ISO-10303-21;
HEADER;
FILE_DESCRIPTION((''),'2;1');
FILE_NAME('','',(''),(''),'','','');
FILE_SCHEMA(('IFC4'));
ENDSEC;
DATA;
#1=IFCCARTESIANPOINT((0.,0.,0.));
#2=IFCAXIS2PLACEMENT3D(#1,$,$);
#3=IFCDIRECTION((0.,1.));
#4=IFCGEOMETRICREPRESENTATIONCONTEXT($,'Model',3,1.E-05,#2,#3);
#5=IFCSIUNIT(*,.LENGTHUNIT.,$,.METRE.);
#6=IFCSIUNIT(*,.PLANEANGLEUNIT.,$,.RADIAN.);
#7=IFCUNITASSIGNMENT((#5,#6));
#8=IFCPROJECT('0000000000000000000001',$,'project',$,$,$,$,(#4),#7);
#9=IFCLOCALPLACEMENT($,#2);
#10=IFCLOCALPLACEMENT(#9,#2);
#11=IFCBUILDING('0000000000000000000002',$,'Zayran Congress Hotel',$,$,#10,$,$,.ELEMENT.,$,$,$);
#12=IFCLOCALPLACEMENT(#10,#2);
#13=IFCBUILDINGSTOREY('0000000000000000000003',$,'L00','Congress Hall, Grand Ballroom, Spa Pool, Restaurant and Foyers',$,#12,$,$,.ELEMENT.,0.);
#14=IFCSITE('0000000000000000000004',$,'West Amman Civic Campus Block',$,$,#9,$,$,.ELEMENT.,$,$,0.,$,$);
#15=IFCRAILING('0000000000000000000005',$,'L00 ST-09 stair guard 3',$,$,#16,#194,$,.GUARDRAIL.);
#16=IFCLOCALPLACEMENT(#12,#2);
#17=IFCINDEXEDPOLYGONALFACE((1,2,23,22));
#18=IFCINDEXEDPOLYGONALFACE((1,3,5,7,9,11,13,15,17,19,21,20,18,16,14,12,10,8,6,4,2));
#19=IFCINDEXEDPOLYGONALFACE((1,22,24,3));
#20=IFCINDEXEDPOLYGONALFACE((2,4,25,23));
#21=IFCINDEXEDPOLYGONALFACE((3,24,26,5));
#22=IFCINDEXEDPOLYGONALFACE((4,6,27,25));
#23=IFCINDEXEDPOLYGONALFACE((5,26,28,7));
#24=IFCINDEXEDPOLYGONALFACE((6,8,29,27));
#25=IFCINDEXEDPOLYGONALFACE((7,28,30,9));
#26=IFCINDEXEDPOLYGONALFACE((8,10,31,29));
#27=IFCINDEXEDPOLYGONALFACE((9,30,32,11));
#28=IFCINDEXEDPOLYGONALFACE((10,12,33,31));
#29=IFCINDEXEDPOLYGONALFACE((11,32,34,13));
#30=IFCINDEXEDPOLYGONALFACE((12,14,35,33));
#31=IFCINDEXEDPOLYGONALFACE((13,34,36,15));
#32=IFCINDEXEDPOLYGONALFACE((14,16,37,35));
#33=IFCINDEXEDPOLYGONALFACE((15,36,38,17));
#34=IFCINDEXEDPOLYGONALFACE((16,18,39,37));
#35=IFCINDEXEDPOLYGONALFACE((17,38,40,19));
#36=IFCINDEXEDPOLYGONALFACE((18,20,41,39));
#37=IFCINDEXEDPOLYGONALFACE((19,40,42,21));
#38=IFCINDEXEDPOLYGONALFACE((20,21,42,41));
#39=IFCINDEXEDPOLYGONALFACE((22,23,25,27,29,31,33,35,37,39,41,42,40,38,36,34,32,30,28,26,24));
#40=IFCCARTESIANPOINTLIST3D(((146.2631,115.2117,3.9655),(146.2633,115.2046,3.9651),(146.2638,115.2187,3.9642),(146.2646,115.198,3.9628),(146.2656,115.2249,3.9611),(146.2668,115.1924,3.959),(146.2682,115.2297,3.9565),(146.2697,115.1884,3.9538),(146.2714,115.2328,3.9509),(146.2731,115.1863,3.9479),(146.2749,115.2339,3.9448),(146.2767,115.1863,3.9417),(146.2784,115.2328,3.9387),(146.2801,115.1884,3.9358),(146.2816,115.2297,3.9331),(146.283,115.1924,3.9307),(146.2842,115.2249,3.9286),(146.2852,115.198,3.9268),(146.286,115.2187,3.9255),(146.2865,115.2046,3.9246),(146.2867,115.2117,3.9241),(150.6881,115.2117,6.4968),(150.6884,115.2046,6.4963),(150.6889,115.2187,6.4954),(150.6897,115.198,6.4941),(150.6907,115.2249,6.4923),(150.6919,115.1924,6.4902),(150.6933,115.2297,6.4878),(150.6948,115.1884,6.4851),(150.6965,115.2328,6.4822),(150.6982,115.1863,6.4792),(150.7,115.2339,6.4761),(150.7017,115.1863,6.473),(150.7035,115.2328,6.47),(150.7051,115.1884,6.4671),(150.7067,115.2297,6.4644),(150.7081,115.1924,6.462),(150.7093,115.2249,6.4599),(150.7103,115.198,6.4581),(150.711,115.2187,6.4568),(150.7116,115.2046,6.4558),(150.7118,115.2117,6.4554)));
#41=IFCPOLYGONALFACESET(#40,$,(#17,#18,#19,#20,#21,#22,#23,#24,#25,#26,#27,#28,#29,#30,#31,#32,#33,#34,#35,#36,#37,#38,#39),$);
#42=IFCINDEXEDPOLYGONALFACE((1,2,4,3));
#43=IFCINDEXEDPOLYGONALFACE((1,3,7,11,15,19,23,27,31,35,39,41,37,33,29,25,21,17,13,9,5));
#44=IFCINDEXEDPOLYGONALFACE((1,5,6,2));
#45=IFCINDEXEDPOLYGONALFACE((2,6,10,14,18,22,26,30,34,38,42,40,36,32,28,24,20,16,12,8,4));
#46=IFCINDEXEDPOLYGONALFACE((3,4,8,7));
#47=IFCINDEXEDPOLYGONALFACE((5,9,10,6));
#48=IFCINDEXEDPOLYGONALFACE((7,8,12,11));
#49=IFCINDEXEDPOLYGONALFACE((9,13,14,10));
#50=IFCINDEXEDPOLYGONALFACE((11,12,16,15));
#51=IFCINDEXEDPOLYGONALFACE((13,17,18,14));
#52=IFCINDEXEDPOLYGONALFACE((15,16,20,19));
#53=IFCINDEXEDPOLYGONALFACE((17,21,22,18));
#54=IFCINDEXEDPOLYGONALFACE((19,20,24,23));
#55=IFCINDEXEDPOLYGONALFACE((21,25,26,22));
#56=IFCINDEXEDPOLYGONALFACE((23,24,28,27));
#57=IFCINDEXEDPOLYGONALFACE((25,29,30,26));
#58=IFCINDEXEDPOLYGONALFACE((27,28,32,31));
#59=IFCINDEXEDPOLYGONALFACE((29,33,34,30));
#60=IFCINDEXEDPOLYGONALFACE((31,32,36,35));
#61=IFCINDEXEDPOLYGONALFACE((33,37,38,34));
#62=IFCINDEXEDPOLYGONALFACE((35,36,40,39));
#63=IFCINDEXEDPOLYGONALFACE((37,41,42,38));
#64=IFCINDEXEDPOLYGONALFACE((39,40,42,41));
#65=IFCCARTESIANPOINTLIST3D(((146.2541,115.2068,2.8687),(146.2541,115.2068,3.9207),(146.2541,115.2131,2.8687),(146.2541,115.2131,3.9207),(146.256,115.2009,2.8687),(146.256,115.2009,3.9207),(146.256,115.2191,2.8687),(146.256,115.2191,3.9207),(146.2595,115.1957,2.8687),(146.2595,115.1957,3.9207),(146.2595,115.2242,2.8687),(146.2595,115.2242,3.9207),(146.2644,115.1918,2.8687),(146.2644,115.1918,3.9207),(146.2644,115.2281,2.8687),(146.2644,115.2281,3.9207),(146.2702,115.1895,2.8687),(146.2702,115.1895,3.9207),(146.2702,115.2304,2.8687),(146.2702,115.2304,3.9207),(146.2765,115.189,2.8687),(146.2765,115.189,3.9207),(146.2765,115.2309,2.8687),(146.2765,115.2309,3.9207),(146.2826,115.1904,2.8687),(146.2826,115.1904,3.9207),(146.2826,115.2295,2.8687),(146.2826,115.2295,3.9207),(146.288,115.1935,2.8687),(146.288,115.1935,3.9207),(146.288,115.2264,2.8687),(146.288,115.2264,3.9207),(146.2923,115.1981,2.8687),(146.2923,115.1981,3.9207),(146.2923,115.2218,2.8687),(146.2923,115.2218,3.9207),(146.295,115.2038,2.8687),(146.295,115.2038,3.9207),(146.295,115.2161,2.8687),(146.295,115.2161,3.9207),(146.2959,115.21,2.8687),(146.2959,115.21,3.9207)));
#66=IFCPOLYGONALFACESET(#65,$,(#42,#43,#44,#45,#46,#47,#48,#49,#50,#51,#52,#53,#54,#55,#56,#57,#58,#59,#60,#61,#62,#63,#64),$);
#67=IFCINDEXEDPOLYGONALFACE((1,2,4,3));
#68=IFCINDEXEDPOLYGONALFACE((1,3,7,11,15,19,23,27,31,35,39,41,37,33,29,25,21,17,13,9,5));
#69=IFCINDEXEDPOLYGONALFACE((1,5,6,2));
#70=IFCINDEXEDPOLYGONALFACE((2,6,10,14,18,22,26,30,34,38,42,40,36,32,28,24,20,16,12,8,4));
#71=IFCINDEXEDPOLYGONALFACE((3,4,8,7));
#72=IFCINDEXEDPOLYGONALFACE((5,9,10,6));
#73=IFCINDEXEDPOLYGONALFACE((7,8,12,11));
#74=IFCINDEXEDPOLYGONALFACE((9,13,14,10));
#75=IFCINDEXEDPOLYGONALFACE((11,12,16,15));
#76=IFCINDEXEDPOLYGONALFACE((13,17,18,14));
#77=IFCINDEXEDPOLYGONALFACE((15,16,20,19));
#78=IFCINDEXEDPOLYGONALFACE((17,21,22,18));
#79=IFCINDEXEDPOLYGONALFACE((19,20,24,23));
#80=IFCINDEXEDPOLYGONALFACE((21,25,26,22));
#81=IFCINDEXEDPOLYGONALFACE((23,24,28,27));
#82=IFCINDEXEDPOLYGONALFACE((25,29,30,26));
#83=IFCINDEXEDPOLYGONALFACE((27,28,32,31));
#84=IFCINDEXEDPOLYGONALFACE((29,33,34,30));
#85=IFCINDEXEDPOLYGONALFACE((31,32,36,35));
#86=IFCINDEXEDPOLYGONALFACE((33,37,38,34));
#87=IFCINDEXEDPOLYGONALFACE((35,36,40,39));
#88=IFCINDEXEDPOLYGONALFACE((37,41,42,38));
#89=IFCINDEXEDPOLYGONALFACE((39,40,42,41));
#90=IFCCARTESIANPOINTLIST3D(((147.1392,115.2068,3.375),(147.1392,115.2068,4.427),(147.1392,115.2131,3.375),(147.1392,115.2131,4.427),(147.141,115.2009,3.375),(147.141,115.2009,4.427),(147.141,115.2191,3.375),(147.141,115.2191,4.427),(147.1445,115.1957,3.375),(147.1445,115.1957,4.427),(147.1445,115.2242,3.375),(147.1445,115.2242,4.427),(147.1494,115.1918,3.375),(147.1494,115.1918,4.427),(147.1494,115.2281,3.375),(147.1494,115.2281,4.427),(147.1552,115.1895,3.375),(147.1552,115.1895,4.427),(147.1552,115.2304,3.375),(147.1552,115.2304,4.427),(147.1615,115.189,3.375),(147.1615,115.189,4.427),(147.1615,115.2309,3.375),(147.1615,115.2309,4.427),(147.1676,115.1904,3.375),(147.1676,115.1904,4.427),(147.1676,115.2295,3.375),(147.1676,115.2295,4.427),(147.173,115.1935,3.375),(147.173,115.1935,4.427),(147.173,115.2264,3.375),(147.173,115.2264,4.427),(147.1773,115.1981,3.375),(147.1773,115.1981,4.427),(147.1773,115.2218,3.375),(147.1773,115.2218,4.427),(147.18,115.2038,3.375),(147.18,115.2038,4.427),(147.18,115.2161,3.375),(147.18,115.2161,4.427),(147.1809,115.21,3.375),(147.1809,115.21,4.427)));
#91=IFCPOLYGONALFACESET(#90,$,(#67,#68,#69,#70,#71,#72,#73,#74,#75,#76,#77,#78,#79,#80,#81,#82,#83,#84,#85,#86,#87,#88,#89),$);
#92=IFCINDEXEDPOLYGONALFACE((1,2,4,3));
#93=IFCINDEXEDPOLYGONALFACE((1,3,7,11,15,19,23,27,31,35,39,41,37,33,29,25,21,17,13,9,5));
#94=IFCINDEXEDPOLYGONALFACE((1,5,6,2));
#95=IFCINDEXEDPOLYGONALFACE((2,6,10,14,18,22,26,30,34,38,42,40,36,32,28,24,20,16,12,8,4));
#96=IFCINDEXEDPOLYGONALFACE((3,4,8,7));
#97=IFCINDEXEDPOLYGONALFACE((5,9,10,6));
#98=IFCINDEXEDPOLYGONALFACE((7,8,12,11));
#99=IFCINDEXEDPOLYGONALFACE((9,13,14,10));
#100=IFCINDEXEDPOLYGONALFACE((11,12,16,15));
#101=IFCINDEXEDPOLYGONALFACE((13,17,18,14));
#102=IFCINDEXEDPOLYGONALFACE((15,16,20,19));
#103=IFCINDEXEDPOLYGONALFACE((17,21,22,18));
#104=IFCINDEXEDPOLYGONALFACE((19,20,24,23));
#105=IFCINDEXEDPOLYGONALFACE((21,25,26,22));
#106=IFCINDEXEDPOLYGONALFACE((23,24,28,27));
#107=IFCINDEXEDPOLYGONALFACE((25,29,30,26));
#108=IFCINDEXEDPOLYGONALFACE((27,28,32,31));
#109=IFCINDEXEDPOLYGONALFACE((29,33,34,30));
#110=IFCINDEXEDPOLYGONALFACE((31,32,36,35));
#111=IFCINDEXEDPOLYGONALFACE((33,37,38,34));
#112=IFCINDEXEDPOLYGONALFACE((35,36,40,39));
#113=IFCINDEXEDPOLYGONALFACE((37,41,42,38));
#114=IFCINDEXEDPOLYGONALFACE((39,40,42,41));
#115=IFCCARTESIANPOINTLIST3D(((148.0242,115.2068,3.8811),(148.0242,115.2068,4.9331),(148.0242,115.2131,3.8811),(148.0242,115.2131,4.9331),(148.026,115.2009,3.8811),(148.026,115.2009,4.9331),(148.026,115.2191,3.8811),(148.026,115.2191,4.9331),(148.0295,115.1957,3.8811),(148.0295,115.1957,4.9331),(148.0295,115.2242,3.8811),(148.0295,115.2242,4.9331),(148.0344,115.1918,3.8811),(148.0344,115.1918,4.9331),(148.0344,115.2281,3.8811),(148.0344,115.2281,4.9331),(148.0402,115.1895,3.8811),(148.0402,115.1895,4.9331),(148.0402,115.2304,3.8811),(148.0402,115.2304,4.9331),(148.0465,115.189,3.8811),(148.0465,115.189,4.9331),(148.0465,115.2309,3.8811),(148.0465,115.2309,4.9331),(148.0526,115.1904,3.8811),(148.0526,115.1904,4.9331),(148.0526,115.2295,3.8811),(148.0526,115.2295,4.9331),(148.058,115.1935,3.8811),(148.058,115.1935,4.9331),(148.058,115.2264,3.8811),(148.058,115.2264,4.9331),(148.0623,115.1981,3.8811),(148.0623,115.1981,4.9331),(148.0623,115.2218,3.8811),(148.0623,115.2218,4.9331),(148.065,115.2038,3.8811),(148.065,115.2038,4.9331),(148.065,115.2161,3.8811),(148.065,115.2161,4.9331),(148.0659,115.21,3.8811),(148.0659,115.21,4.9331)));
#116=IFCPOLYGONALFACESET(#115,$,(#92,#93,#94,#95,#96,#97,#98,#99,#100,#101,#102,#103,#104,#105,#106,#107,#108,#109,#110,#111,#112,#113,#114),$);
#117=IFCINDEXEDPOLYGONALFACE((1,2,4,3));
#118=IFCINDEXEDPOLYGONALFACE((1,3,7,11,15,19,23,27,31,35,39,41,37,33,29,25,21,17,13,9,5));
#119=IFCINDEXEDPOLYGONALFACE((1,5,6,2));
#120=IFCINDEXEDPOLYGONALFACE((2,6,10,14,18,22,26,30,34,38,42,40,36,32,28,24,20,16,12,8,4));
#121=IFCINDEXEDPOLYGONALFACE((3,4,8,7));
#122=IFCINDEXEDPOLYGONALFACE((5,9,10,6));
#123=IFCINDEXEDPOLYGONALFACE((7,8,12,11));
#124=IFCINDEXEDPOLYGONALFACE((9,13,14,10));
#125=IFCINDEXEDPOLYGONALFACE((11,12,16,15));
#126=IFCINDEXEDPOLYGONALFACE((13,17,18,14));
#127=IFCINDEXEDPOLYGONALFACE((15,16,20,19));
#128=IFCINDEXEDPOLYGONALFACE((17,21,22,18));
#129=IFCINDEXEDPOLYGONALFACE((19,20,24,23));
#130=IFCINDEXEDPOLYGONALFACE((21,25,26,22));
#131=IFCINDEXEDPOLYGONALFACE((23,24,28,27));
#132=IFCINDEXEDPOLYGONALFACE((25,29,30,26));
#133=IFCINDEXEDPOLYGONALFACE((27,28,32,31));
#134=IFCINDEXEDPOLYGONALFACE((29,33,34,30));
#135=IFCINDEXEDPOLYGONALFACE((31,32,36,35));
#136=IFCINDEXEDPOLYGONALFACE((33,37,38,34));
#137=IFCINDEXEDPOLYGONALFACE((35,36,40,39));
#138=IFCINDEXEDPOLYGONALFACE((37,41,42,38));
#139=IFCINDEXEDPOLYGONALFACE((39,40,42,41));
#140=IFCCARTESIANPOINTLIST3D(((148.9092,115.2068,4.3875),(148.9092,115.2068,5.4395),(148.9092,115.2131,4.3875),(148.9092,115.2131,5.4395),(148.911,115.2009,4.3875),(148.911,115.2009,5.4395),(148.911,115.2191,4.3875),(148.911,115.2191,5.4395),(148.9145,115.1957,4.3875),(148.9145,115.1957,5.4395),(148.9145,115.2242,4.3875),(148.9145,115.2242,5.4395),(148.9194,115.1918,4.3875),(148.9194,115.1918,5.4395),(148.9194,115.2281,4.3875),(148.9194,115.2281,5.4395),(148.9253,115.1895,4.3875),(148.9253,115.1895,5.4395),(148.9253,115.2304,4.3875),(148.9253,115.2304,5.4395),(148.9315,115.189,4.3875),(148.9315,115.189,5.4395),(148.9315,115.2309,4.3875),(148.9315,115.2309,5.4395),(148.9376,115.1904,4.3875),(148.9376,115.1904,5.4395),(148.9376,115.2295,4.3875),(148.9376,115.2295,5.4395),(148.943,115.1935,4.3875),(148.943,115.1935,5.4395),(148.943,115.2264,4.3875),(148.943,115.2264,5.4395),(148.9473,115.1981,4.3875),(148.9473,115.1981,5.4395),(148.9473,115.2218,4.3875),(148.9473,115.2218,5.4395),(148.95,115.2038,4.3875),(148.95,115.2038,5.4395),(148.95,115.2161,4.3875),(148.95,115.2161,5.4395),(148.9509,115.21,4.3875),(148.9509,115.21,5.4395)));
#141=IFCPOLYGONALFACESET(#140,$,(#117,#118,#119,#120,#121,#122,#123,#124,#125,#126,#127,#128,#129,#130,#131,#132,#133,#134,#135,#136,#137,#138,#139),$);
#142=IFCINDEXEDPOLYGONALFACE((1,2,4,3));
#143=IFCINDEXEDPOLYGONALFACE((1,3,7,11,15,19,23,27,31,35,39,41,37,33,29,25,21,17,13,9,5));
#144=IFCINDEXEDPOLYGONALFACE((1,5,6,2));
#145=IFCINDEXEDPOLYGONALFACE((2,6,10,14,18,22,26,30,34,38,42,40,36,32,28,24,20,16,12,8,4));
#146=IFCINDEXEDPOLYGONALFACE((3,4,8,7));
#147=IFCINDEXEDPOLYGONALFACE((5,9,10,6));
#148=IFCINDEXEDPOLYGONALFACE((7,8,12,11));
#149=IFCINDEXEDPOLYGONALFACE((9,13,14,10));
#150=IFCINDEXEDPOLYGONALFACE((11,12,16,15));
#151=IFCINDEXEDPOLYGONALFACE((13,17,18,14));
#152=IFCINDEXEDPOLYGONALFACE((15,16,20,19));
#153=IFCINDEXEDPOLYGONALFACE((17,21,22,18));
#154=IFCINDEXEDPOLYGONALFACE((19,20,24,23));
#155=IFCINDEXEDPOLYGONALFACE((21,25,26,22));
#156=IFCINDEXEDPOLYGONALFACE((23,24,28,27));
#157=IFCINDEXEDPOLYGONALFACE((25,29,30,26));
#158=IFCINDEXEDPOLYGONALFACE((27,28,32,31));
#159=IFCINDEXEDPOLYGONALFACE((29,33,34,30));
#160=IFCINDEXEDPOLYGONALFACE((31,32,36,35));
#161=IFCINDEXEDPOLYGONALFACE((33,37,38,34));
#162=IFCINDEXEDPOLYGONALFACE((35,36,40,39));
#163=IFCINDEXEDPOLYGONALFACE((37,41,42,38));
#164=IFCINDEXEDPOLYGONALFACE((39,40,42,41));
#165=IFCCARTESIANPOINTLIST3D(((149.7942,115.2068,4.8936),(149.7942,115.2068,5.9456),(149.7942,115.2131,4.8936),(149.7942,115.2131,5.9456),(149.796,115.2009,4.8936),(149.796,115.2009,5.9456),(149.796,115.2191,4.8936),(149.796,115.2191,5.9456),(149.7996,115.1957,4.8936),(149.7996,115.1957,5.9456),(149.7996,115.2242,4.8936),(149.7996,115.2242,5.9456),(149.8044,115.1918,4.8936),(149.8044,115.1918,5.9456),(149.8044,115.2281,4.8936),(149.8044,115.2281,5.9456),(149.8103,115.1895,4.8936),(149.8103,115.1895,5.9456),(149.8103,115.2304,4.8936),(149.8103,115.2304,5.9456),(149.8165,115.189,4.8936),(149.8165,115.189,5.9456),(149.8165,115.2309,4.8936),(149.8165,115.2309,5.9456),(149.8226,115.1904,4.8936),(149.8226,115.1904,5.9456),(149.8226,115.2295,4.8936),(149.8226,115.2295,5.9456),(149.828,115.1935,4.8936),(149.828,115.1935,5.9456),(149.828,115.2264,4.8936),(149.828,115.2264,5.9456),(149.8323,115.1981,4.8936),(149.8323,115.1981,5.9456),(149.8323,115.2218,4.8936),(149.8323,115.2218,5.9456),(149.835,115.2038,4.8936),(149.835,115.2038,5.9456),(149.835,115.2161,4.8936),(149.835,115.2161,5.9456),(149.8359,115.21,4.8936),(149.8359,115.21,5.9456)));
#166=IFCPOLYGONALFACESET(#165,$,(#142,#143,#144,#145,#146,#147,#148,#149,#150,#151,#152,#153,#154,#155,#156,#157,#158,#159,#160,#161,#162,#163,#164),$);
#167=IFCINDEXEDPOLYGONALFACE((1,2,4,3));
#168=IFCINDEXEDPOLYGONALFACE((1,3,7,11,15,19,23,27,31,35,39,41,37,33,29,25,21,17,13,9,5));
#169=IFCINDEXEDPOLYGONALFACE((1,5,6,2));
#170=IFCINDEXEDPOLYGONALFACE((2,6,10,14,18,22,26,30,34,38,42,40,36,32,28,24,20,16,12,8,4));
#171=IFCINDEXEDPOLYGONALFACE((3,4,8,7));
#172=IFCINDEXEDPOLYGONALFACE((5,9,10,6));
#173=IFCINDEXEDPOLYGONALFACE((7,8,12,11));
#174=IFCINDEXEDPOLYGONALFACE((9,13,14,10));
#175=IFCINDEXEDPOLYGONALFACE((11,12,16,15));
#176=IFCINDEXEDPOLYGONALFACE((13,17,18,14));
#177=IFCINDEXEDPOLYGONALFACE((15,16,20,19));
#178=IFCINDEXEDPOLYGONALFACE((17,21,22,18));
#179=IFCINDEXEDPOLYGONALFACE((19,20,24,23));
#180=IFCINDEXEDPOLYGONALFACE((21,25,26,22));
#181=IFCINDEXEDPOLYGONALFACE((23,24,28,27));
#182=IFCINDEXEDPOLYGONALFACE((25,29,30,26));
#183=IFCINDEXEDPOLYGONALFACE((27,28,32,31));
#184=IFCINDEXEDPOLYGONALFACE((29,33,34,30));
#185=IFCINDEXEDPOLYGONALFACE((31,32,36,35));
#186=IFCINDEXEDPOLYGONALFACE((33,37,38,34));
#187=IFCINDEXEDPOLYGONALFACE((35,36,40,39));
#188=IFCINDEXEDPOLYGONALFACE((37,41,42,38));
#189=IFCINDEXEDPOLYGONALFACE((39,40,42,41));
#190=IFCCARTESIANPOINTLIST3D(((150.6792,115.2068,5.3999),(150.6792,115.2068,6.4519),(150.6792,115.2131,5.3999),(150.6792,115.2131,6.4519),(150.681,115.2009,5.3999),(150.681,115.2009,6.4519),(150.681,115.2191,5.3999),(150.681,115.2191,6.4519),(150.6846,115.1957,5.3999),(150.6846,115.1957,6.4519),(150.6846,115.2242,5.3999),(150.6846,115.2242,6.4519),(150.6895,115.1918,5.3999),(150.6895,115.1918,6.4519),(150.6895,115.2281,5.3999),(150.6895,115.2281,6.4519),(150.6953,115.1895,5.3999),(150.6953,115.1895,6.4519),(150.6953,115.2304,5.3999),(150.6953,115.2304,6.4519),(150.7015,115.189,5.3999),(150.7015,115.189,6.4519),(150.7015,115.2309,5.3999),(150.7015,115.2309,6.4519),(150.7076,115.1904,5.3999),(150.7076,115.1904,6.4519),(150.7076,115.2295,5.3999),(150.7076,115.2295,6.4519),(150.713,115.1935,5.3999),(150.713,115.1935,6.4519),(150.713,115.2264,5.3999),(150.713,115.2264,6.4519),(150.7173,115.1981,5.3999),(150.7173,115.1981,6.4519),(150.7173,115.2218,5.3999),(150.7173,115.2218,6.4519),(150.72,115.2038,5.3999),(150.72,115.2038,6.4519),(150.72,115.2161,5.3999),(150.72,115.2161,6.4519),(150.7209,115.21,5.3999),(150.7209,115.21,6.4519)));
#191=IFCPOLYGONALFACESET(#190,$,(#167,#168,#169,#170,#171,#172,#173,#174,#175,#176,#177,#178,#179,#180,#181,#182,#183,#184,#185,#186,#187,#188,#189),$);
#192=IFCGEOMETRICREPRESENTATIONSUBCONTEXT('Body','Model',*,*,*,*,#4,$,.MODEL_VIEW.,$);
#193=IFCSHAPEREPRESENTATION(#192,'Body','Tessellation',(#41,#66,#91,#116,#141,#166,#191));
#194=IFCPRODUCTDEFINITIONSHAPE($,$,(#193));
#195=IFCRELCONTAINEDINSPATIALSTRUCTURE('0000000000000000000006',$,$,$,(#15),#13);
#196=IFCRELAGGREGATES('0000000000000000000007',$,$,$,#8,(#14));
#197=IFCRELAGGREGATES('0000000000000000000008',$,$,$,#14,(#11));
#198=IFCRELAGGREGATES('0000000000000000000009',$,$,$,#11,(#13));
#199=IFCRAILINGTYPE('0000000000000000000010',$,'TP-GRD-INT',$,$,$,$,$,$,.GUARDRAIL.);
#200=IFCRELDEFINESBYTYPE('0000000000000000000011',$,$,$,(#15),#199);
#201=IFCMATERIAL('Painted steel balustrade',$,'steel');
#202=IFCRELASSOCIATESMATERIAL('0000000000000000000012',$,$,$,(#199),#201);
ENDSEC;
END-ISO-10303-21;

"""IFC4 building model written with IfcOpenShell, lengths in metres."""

from ifc_helpers import new_model, si_unit, direction, frame, origin, origin_2d, place, context, subcontext, project, spatial, circle, extrude, material, type_object, element, save


model = new_model("IFC4")

# Units and contexts
model_context = context("Model", 3, precision=1e-05, world=origin(), true_north=direction((0.0, 1.0)))
body_context = subcontext(model_context, "Body", "Model", "MODEL_VIEW")
ifc_project = project(units=[si_unit("LENGTHUNIT", "METRE"), si_unit("PLANEANGLEUNIT", "RADIAN")], contexts=[model_context])

# Site, building, storey
site_placement = place(None, origin())
site = spatial("IfcSite", under=ifc_project, at=site_placement, Name="West Amman Civic Campus Block", CompositionType="ELEMENT", RefElevation=0.0)
building_placement = place(site_placement, origin())
building = spatial("IfcBuilding", under=site, at=building_placement, Name="Zayran Congress Hotel", CompositionType="ELEMENT")
storey_placement = place(building_placement, origin())
storey = spatial("IfcBuildingStorey", under=building, at=storey_placement, Name="L00", Description="Congress Hall, Grand Ballroom, Spa Pool, Restaurant and Foyers", CompositionType="ELEMENT", Elevation=0.0)

# Railing
ifc_material_1 = material(Name="Painted steel balustrade", Category="steel")
railing_type_1 = type_object("IfcRailingType", Name="TP-GRD-INT", PredefinedType="GUARDRAIL", material=ifc_material_1)
railing_1_placement = place(storey_placement, frame((146.2749, 115.21, 2.8687)))
element("IfcRailing", 1, at=railing_1_placement, inside=storey, type_object=railing_type_1, Name="L00 ST-09 stair guard 3", PredefinedType="GUARDRAIL", context=body_context, shape_type="SweptSolid", body=[
    extrude(circle(Radius=0.0239, at=origin_2d()), frame((0.0, 0.0, 1.0762), z_axis=(0.868019, 0.0, 0.496531), x_axis=(0.0, 1.0, 0.0)), (0.0, 0.0, 1.0), 5.0979),
    extrude(circle(Radius=0.021, at=origin_2d()), origin(), (0.0, 0.0, 1.0), 1.052),
    extrude(circle(Radius=0.021, at=origin_2d()), frame((0.885, 0.0, 0.5063)), (0.0, 0.0, 1.0), 1.052),
    extrude(circle(Radius=0.021, at=origin_2d()), frame((1.77, 0.0, 1.0125)), (0.0, 0.0, 1.0), 1.052),
    extrude(circle(Radius=0.021, at=origin_2d()), frame((2.655, 0.0, 1.5188)), (0.0, 0.0, 1.0), 1.052),
    extrude(circle(Radius=0.021, at=origin_2d()), frame((3.54, 0.0, 2.0249)), (0.0, 0.0, 1.0), 1.052),
    extrude(circle(Radius=0.021, at=origin_2d()), frame((4.425, 0.0, 2.5312)), (0.0, 0.0, 1.0), 1.052),
])

save(model, "model.ifc")
